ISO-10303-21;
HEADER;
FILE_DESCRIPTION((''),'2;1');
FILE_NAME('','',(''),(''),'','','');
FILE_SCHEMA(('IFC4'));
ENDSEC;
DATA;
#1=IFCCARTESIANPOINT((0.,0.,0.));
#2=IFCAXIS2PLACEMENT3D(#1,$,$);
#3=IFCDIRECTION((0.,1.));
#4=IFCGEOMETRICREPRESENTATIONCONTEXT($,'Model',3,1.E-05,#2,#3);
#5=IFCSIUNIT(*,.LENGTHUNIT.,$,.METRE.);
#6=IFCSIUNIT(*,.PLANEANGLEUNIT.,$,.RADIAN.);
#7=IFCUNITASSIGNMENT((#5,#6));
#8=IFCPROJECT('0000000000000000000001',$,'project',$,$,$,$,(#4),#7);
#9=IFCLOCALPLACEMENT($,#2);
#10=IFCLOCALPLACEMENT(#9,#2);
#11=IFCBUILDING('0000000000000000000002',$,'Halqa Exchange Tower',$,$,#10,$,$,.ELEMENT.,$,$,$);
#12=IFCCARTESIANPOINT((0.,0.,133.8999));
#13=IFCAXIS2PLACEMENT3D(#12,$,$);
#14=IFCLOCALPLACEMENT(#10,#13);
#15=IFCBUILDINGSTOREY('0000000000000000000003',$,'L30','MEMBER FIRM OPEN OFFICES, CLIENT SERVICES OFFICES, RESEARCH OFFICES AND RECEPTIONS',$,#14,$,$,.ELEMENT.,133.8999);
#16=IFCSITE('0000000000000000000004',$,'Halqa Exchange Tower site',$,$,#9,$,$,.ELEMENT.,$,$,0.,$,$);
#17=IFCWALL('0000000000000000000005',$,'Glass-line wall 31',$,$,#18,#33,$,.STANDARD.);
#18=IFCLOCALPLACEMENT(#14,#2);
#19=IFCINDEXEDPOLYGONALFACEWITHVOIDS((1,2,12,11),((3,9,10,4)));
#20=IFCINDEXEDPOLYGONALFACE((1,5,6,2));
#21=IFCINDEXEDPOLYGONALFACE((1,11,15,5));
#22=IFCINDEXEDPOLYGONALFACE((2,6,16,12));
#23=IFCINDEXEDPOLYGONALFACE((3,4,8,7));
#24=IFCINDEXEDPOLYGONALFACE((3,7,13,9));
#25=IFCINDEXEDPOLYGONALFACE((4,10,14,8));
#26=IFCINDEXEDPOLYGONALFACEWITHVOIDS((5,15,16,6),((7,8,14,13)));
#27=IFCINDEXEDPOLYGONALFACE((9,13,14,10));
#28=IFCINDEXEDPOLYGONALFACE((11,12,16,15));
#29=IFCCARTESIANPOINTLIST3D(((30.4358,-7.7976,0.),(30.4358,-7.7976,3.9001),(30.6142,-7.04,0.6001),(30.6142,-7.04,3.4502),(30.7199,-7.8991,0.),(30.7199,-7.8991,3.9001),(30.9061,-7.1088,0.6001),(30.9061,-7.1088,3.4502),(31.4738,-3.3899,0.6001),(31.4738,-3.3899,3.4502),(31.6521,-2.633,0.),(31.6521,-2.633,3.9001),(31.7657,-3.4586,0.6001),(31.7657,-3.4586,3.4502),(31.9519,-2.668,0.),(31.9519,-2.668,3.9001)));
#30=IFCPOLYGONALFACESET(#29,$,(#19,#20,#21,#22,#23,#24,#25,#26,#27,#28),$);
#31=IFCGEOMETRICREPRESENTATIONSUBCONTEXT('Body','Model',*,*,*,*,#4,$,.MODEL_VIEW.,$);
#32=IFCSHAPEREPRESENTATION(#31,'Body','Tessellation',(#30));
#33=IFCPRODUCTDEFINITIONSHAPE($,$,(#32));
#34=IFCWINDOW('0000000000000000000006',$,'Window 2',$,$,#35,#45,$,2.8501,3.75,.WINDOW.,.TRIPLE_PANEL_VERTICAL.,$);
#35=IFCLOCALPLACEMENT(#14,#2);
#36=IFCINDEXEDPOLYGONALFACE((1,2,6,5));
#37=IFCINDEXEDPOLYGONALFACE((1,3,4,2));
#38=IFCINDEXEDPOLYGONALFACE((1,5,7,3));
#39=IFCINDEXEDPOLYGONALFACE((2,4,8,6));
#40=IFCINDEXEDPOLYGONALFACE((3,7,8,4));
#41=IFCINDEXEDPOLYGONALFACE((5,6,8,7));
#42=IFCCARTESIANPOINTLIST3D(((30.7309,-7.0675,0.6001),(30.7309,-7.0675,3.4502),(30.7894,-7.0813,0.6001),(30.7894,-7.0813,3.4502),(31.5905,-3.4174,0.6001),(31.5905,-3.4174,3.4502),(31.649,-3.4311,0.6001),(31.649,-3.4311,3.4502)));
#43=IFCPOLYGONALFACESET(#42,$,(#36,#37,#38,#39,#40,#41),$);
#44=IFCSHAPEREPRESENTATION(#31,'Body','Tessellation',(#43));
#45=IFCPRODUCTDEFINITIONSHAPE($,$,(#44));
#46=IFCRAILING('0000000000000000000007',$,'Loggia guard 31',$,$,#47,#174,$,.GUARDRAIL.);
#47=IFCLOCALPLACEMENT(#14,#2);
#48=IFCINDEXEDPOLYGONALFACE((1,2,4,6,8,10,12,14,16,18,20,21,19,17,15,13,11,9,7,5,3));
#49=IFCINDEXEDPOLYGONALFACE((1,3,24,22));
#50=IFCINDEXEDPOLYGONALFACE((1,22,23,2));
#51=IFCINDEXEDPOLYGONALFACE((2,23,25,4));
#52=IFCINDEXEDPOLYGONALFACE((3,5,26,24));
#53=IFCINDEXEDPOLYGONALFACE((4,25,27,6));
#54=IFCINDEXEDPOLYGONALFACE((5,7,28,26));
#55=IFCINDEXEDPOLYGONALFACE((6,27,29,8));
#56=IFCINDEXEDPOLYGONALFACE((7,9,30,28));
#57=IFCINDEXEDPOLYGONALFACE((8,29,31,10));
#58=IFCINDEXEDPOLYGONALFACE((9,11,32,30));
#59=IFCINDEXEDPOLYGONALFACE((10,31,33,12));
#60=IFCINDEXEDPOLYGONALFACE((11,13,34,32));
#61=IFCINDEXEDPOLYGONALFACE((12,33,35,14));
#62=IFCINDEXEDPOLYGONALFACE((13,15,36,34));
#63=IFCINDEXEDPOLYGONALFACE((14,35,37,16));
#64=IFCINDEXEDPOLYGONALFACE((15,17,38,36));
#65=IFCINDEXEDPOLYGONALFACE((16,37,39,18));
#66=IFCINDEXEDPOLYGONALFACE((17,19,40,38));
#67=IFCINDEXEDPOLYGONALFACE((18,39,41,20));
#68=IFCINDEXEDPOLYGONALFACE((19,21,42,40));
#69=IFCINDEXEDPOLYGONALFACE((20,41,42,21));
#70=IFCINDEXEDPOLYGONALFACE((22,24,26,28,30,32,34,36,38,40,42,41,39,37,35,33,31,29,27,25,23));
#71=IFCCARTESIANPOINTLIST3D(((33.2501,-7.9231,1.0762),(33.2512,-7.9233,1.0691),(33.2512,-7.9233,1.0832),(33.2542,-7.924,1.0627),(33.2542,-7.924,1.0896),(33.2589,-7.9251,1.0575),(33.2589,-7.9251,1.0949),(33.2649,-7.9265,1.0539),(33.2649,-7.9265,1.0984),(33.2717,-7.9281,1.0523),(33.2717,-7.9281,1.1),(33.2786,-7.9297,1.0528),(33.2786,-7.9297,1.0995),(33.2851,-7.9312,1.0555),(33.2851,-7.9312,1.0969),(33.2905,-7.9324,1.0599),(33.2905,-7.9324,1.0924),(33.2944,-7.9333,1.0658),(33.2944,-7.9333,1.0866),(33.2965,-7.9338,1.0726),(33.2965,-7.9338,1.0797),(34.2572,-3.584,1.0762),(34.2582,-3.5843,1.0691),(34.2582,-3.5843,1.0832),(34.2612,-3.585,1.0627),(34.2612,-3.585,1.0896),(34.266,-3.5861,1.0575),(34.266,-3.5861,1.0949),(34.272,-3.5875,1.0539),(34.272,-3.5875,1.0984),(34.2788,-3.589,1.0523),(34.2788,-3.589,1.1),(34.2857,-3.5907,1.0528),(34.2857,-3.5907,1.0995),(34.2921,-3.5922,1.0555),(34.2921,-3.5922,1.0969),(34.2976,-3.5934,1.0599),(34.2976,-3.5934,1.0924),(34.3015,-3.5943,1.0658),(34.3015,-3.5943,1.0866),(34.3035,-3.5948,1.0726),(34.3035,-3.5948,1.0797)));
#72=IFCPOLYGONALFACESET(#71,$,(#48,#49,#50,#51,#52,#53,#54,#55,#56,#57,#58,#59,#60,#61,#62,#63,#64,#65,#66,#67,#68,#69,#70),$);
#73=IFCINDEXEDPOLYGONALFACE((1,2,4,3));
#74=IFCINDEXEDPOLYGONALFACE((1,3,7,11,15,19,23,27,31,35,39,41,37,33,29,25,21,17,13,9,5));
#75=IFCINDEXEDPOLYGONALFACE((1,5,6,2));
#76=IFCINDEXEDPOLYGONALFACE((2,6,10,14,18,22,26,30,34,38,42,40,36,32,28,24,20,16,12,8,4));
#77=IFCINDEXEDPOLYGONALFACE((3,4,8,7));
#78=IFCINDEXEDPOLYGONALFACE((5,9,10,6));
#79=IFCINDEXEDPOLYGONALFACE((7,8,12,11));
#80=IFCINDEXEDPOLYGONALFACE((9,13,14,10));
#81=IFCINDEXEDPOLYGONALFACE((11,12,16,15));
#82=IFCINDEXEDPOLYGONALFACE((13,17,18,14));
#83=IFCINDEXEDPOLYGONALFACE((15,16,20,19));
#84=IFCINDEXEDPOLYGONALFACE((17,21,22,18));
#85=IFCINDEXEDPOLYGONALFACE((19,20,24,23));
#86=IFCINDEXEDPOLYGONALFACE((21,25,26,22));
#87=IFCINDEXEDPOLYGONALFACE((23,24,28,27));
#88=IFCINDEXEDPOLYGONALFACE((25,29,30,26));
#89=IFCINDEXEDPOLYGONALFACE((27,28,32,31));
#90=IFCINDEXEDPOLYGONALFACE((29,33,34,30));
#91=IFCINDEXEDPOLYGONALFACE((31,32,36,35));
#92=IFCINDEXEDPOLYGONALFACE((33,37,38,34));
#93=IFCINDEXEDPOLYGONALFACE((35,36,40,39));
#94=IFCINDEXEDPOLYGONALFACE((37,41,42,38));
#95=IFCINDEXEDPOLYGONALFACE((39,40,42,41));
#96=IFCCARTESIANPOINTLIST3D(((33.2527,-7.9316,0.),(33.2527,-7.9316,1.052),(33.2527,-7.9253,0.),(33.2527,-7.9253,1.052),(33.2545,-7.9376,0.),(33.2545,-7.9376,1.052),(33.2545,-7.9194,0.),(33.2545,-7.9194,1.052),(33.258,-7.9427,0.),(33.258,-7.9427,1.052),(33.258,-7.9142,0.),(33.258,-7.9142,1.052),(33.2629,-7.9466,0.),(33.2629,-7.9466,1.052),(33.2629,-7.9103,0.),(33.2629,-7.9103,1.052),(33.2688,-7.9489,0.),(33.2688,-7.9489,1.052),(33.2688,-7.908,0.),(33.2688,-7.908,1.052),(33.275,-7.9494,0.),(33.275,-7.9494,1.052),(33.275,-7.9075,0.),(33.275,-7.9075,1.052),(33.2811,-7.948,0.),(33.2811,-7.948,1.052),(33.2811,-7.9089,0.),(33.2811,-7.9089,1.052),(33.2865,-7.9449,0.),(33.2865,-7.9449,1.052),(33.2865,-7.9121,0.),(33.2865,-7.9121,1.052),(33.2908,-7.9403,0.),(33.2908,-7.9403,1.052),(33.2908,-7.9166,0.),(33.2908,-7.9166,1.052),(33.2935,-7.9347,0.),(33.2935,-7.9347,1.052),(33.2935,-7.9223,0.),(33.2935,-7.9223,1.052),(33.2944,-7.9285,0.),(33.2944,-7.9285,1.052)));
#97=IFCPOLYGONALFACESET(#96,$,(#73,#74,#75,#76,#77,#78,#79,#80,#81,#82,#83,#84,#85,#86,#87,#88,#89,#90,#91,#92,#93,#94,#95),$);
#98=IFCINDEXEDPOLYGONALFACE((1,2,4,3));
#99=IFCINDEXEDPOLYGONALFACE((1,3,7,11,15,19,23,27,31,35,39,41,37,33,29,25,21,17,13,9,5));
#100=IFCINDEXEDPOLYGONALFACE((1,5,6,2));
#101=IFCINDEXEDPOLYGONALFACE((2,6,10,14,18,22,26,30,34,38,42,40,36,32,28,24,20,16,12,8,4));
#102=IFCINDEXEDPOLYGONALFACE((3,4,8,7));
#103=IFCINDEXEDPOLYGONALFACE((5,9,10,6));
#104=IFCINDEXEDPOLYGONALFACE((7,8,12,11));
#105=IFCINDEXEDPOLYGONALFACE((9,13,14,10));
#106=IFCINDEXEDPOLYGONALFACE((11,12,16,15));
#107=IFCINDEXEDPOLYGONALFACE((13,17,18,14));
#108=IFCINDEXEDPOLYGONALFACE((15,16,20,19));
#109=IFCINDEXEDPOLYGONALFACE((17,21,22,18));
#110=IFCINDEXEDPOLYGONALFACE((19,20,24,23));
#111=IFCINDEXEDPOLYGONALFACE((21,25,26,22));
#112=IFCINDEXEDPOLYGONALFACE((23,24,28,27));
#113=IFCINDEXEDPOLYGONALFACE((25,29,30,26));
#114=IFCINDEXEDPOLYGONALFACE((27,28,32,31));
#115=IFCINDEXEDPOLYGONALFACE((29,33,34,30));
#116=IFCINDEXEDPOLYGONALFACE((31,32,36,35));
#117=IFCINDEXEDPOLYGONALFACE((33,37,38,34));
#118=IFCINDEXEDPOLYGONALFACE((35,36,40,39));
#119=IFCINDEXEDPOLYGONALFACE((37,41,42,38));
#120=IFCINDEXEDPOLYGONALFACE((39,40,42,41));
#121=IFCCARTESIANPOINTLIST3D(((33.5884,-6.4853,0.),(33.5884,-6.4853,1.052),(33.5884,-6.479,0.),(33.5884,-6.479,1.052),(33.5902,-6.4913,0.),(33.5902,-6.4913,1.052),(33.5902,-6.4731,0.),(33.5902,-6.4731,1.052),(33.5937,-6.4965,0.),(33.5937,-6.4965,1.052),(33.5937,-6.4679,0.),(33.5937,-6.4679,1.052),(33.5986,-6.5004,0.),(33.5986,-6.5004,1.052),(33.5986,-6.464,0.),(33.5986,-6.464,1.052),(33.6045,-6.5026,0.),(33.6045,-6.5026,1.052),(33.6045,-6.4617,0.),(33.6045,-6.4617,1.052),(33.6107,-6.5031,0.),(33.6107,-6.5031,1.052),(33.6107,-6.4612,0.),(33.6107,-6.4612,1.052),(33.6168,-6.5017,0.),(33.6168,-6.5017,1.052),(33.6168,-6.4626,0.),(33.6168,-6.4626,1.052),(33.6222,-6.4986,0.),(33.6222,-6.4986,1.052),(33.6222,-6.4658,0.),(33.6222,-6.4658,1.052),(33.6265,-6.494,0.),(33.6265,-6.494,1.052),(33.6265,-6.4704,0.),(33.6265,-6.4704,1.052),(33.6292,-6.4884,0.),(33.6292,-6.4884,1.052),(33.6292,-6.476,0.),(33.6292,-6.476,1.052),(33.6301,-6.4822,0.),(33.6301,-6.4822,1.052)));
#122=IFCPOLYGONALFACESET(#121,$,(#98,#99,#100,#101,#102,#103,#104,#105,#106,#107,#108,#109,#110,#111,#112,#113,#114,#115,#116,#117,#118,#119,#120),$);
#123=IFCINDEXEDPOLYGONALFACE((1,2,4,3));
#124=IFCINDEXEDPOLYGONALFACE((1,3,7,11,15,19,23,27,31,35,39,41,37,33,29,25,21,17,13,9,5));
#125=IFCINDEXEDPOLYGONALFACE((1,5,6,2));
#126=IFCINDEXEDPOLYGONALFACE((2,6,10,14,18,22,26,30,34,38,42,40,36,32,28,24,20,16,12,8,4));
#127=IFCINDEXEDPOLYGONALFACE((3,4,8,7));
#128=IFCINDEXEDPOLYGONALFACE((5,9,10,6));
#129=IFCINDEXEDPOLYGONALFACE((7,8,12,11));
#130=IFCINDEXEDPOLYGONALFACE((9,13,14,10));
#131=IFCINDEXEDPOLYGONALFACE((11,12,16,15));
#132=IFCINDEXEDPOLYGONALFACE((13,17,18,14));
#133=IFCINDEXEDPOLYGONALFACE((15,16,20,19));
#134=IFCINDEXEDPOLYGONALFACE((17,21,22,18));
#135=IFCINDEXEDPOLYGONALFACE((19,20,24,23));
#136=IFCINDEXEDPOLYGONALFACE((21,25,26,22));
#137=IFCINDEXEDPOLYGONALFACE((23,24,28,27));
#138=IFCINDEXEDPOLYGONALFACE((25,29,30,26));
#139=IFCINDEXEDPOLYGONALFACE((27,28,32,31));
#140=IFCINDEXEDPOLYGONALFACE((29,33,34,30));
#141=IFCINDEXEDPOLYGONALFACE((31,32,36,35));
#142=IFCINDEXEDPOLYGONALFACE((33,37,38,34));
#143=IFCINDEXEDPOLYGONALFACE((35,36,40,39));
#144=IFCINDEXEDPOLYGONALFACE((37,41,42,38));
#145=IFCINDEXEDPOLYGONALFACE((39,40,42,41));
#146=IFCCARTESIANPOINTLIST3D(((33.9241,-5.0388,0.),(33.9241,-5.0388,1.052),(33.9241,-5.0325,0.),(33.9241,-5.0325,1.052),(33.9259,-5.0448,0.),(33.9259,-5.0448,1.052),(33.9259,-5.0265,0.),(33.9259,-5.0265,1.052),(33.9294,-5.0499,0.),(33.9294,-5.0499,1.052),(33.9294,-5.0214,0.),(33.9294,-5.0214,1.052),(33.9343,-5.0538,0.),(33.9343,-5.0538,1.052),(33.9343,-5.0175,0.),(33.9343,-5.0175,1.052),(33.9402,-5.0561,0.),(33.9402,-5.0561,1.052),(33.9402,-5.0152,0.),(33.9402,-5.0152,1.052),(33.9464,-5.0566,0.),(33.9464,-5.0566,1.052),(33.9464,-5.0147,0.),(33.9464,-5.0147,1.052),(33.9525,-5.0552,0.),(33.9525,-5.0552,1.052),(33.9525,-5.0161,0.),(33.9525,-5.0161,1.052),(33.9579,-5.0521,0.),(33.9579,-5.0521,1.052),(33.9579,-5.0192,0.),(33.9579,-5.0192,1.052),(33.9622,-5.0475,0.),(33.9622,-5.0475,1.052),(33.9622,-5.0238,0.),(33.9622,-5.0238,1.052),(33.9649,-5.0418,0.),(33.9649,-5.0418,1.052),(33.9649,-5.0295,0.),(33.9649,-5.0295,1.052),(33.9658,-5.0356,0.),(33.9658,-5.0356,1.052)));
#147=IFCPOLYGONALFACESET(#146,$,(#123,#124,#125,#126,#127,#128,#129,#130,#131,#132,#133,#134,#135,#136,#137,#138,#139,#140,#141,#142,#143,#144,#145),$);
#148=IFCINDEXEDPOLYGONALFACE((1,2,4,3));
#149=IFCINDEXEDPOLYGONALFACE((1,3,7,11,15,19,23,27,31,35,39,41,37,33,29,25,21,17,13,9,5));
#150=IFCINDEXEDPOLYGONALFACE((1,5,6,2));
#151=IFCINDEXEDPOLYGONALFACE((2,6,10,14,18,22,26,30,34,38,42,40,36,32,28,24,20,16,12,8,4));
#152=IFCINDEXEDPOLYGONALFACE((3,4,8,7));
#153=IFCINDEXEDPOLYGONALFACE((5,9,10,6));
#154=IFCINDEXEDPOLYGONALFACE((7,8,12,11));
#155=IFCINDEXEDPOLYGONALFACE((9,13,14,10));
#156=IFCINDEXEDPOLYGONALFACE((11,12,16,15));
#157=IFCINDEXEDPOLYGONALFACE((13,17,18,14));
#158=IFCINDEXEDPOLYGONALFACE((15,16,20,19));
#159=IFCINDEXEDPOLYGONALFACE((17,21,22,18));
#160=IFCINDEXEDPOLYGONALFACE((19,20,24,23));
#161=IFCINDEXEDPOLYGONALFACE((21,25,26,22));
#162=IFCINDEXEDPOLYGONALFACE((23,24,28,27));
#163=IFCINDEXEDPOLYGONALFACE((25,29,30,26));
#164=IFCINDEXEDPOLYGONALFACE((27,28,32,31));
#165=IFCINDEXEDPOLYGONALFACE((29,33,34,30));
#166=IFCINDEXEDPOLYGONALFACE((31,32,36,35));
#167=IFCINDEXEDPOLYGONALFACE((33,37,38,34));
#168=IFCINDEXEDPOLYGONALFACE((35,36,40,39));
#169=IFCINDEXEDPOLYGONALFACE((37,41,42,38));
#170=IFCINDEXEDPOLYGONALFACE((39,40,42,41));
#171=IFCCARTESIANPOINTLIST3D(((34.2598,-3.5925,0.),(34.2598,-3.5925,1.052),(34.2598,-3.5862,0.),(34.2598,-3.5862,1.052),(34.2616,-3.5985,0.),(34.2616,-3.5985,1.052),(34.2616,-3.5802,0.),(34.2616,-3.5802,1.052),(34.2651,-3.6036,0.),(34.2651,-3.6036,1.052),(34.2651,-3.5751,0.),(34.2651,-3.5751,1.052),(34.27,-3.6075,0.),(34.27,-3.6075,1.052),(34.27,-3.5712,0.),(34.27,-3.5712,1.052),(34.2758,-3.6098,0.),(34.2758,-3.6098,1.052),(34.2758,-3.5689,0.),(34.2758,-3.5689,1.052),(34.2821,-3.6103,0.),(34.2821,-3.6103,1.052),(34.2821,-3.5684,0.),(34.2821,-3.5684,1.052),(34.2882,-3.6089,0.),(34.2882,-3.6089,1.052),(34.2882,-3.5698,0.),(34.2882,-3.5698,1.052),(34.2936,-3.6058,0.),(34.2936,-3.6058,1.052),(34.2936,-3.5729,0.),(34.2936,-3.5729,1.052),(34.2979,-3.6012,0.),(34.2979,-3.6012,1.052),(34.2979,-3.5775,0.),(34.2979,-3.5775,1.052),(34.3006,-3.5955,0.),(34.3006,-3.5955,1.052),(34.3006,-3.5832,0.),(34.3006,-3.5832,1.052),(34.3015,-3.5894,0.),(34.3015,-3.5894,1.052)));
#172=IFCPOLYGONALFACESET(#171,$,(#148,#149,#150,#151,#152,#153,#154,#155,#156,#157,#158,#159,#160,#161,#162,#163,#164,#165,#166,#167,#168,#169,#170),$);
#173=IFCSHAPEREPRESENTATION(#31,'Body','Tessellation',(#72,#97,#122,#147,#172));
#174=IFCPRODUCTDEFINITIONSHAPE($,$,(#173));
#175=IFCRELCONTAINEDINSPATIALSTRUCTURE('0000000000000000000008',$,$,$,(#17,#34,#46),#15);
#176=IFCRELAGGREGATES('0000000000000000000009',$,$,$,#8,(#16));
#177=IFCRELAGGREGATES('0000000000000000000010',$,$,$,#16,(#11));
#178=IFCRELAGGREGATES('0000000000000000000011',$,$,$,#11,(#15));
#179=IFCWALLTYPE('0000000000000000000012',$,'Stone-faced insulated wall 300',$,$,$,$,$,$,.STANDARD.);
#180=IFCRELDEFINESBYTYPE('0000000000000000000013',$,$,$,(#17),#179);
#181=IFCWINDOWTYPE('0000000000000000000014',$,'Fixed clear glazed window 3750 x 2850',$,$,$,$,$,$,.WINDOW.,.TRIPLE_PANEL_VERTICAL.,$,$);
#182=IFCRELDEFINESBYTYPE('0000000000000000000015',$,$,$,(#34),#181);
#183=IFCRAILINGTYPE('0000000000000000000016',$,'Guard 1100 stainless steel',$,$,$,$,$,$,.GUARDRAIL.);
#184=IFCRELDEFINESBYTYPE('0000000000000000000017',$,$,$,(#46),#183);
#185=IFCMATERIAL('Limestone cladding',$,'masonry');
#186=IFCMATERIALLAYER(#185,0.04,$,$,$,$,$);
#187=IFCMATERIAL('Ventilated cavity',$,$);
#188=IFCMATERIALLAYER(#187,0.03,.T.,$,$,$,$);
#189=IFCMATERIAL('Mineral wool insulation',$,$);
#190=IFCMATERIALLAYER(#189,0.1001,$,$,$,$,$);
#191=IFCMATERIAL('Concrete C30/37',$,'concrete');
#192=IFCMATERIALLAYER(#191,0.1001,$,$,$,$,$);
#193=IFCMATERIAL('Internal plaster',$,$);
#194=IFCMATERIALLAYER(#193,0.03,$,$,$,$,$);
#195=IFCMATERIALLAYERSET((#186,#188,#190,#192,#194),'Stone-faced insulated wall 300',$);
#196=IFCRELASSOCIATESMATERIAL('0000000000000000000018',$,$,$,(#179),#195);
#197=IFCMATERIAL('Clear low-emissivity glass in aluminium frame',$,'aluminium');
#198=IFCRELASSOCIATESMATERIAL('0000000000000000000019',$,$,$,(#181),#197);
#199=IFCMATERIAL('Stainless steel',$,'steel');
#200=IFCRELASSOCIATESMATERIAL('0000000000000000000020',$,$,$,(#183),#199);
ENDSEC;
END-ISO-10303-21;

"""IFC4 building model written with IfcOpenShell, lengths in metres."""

from ifc_helpers import new_model, si_unit, direction, frame, frame_2d, origin, origin_2d, place, context, subcontext, project, spatial, polyline, rectangle, circle, outline, extrude, material, layer, layer_set, type_object, element, fill, save


model = new_model("IFC4")

# Units and contexts
model_context = context("Model", 3, precision=1e-05, world=origin(), true_north=direction((0.0, 1.0)))
body_context = subcontext(model_context, "Body", "Model", "MODEL_VIEW")
ifc_project = project(units=[si_unit("LENGTHUNIT", "METRE"), si_unit("PLANEANGLEUNIT", "RADIAN")], contexts=[model_context])

# Site, building, storey
site_placement = place(None, origin())
site = spatial("IfcSite", under=ifc_project, at=site_placement, Name="Halqa Exchange Tower site", CompositionType="ELEMENT", RefElevation=0.0)
building_placement = place(site_placement, origin())
building = spatial("IfcBuilding", under=site, at=building_placement, Name="Halqa Exchange Tower", CompositionType="ELEMENT")
storey_placement = place(building_placement, frame((0.0, 0.0, 133.8999)))
storey = spatial("IfcBuildingStorey", under=building, at=storey_placement, Name="L30", Description="MEMBER FIRM OPEN OFFICES, CLIENT SERVICES OFFICES, RESEARCH OFFICES AND RECEPTIONS", CompositionType="ELEMENT", Elevation=133.8999)

# Wall, opening, window
ifc_material_1 = material(Name="Limestone cladding", Category="masonry")
ifc_layer_1 = layer(ifc_material_1, 0.04)
ifc_material_2 = material(Name="Ventilated cavity")
ifc_layer_2 = layer(ifc_material_2, 0.03, ventilated=True)
ifc_material_3 = material(Name="Mineral wool insulation")
ifc_layer_3 = layer(ifc_material_3, 0.1001)
ifc_material_4 = material(Name="Concrete C30/37", Category="concrete")
ifc_layer_4 = layer(ifc_material_4, 0.1001)
ifc_material_5 = material(Name="Internal plaster")
ifc_layer_5 = layer(ifc_material_5, 0.03)
ifc_layer_set_1 = layer_set([ifc_layer_1, ifc_layer_2, ifc_layer_3, ifc_layer_4, ifc_layer_5], Name="Stone-faced insulated wall 300")
wall_type_1 = type_object("IfcWallType", Name="Stone-faced insulated wall 300", PredefinedType="STANDARD", material=ifc_layer_set_1)
ifc_material_6 = material(Name="Clear low-emissivity glass in aluminium frame", Category="aluminium")
window_type = type_object("IfcWindowType", Name="Fixed clear glazed window 3750 x 2850", PartitioningType="TRIPLE_PANEL_VERTICAL", PredefinedType="WINDOW", material=ifc_material_6)
wall_1_placement = place(storey_placement, frame((30.5779, -7.8484, 0.0), z_axis=(0.0, 0.0, 1.0), x_axis=(0.229228, 0.973373, 0.0)))
wall_1 = element("IfcWall", 1, at=wall_1_placement, inside=storey, type_object=wall_type_1, Name="Glass-line wall 31", PredefinedType="STANDARD", context=body_context, shape_type="SweptSolid", body=[
    extrude(outline(polyline([(-0.0168, -0.1499), (5.3574, -0.1499), (5.3228, 0.1499), (0.0168, 0.1499), (-0.0168, -0.1499)])), origin(), (0.0, 0.0, 1.0), 3.9001),
])
opening_1_placement = place(wall_1_placement, frame((0.7952, 0.0, 0.6001)))
opening_1 = element("IfcOpeningElement", 2, at=opening_1_placement, cuts=wall_1, PredefinedType="OPENING", context=body_context, shape_type="SweptSolid", body=[
    extrude(rectangle(XDim=3.75, YDim=2.8501, at=frame_2d((1.875, 1.425))), frame((0.0, 0.1621, 0.0), z_axis=(0.0, -1.0, 0.0), x_axis=(1.0, 0.0, 0.0)), (0.0, 0.0, 1.0), 0.324),
])
window_1_placement = place(opening_1_placement, origin())
window_1 = element("IfcWindow", 3, at=window_1_placement, inside=storey, type_object=window_type, Name="Window 2", OverallHeight=2.8501, OverallWidth=3.75, PartitioningType="TRIPLE_PANEL_VERTICAL", PredefinedType="WINDOW", context=body_context, shape_type="SweptSolid", body=[
    extrude(rectangle(XDim=3.75, YDim=2.8501, at=frame_2d((1.875, 1.425))), frame((0.0, 0.03, 0.0), z_axis=(0.0, -1.0, 0.0), x_axis=(1.0, 0.0, 0.0)), (0.0, 0.0, 1.0), 0.0601),
])
fill(opening_1, window_1)

# Railing
ifc_material_7 = material(Name="Stainless steel", Category="steel")
railing_type = type_object("IfcRailingType", Name="Guard 1100 stainless steel", PredefinedType="GUARDRAIL", material=ifc_material_7)
railing_1_placement = place(storey_placement, frame((33.2734, -7.9285, 0.0)))
element("IfcRailing", 4, at=railing_1_placement, inside=storey, type_object=railing_type, Name="Loggia guard 31", PredefinedType="GUARDRAIL", context=body_context, shape_type="SweptSolid", body=[
    extrude(circle(Radius=0.0239, at=origin_2d()), frame((0.0, 0.0, 1.0762), z_axis=(0.226084, 0.974108, 0.0), x_axis=(-0.974108, 0.226084, 0.0)), (0.0, 0.0, 1.0), 4.4543),
    extrude(circle(Radius=0.021, at=origin_2d()), origin(), (0.0, 0.0, 1.0), 1.052),
    extrude(circle(Radius=0.021, at=origin_2d()), frame((0.3357, 1.4463, 0.0)), (0.0, 0.0, 1.0), 1.052),
    extrude(circle(Radius=0.021, at=origin_2d()), frame((0.6714, 2.8928, 0.0)), (0.0, 0.0, 1.0), 1.052),
    extrude(circle(Radius=0.021, at=origin_2d()), frame((1.0071, 4.3391, 0.0)), (0.0, 0.0, 1.0), 1.052),
])

save(model, "model.ifc")
